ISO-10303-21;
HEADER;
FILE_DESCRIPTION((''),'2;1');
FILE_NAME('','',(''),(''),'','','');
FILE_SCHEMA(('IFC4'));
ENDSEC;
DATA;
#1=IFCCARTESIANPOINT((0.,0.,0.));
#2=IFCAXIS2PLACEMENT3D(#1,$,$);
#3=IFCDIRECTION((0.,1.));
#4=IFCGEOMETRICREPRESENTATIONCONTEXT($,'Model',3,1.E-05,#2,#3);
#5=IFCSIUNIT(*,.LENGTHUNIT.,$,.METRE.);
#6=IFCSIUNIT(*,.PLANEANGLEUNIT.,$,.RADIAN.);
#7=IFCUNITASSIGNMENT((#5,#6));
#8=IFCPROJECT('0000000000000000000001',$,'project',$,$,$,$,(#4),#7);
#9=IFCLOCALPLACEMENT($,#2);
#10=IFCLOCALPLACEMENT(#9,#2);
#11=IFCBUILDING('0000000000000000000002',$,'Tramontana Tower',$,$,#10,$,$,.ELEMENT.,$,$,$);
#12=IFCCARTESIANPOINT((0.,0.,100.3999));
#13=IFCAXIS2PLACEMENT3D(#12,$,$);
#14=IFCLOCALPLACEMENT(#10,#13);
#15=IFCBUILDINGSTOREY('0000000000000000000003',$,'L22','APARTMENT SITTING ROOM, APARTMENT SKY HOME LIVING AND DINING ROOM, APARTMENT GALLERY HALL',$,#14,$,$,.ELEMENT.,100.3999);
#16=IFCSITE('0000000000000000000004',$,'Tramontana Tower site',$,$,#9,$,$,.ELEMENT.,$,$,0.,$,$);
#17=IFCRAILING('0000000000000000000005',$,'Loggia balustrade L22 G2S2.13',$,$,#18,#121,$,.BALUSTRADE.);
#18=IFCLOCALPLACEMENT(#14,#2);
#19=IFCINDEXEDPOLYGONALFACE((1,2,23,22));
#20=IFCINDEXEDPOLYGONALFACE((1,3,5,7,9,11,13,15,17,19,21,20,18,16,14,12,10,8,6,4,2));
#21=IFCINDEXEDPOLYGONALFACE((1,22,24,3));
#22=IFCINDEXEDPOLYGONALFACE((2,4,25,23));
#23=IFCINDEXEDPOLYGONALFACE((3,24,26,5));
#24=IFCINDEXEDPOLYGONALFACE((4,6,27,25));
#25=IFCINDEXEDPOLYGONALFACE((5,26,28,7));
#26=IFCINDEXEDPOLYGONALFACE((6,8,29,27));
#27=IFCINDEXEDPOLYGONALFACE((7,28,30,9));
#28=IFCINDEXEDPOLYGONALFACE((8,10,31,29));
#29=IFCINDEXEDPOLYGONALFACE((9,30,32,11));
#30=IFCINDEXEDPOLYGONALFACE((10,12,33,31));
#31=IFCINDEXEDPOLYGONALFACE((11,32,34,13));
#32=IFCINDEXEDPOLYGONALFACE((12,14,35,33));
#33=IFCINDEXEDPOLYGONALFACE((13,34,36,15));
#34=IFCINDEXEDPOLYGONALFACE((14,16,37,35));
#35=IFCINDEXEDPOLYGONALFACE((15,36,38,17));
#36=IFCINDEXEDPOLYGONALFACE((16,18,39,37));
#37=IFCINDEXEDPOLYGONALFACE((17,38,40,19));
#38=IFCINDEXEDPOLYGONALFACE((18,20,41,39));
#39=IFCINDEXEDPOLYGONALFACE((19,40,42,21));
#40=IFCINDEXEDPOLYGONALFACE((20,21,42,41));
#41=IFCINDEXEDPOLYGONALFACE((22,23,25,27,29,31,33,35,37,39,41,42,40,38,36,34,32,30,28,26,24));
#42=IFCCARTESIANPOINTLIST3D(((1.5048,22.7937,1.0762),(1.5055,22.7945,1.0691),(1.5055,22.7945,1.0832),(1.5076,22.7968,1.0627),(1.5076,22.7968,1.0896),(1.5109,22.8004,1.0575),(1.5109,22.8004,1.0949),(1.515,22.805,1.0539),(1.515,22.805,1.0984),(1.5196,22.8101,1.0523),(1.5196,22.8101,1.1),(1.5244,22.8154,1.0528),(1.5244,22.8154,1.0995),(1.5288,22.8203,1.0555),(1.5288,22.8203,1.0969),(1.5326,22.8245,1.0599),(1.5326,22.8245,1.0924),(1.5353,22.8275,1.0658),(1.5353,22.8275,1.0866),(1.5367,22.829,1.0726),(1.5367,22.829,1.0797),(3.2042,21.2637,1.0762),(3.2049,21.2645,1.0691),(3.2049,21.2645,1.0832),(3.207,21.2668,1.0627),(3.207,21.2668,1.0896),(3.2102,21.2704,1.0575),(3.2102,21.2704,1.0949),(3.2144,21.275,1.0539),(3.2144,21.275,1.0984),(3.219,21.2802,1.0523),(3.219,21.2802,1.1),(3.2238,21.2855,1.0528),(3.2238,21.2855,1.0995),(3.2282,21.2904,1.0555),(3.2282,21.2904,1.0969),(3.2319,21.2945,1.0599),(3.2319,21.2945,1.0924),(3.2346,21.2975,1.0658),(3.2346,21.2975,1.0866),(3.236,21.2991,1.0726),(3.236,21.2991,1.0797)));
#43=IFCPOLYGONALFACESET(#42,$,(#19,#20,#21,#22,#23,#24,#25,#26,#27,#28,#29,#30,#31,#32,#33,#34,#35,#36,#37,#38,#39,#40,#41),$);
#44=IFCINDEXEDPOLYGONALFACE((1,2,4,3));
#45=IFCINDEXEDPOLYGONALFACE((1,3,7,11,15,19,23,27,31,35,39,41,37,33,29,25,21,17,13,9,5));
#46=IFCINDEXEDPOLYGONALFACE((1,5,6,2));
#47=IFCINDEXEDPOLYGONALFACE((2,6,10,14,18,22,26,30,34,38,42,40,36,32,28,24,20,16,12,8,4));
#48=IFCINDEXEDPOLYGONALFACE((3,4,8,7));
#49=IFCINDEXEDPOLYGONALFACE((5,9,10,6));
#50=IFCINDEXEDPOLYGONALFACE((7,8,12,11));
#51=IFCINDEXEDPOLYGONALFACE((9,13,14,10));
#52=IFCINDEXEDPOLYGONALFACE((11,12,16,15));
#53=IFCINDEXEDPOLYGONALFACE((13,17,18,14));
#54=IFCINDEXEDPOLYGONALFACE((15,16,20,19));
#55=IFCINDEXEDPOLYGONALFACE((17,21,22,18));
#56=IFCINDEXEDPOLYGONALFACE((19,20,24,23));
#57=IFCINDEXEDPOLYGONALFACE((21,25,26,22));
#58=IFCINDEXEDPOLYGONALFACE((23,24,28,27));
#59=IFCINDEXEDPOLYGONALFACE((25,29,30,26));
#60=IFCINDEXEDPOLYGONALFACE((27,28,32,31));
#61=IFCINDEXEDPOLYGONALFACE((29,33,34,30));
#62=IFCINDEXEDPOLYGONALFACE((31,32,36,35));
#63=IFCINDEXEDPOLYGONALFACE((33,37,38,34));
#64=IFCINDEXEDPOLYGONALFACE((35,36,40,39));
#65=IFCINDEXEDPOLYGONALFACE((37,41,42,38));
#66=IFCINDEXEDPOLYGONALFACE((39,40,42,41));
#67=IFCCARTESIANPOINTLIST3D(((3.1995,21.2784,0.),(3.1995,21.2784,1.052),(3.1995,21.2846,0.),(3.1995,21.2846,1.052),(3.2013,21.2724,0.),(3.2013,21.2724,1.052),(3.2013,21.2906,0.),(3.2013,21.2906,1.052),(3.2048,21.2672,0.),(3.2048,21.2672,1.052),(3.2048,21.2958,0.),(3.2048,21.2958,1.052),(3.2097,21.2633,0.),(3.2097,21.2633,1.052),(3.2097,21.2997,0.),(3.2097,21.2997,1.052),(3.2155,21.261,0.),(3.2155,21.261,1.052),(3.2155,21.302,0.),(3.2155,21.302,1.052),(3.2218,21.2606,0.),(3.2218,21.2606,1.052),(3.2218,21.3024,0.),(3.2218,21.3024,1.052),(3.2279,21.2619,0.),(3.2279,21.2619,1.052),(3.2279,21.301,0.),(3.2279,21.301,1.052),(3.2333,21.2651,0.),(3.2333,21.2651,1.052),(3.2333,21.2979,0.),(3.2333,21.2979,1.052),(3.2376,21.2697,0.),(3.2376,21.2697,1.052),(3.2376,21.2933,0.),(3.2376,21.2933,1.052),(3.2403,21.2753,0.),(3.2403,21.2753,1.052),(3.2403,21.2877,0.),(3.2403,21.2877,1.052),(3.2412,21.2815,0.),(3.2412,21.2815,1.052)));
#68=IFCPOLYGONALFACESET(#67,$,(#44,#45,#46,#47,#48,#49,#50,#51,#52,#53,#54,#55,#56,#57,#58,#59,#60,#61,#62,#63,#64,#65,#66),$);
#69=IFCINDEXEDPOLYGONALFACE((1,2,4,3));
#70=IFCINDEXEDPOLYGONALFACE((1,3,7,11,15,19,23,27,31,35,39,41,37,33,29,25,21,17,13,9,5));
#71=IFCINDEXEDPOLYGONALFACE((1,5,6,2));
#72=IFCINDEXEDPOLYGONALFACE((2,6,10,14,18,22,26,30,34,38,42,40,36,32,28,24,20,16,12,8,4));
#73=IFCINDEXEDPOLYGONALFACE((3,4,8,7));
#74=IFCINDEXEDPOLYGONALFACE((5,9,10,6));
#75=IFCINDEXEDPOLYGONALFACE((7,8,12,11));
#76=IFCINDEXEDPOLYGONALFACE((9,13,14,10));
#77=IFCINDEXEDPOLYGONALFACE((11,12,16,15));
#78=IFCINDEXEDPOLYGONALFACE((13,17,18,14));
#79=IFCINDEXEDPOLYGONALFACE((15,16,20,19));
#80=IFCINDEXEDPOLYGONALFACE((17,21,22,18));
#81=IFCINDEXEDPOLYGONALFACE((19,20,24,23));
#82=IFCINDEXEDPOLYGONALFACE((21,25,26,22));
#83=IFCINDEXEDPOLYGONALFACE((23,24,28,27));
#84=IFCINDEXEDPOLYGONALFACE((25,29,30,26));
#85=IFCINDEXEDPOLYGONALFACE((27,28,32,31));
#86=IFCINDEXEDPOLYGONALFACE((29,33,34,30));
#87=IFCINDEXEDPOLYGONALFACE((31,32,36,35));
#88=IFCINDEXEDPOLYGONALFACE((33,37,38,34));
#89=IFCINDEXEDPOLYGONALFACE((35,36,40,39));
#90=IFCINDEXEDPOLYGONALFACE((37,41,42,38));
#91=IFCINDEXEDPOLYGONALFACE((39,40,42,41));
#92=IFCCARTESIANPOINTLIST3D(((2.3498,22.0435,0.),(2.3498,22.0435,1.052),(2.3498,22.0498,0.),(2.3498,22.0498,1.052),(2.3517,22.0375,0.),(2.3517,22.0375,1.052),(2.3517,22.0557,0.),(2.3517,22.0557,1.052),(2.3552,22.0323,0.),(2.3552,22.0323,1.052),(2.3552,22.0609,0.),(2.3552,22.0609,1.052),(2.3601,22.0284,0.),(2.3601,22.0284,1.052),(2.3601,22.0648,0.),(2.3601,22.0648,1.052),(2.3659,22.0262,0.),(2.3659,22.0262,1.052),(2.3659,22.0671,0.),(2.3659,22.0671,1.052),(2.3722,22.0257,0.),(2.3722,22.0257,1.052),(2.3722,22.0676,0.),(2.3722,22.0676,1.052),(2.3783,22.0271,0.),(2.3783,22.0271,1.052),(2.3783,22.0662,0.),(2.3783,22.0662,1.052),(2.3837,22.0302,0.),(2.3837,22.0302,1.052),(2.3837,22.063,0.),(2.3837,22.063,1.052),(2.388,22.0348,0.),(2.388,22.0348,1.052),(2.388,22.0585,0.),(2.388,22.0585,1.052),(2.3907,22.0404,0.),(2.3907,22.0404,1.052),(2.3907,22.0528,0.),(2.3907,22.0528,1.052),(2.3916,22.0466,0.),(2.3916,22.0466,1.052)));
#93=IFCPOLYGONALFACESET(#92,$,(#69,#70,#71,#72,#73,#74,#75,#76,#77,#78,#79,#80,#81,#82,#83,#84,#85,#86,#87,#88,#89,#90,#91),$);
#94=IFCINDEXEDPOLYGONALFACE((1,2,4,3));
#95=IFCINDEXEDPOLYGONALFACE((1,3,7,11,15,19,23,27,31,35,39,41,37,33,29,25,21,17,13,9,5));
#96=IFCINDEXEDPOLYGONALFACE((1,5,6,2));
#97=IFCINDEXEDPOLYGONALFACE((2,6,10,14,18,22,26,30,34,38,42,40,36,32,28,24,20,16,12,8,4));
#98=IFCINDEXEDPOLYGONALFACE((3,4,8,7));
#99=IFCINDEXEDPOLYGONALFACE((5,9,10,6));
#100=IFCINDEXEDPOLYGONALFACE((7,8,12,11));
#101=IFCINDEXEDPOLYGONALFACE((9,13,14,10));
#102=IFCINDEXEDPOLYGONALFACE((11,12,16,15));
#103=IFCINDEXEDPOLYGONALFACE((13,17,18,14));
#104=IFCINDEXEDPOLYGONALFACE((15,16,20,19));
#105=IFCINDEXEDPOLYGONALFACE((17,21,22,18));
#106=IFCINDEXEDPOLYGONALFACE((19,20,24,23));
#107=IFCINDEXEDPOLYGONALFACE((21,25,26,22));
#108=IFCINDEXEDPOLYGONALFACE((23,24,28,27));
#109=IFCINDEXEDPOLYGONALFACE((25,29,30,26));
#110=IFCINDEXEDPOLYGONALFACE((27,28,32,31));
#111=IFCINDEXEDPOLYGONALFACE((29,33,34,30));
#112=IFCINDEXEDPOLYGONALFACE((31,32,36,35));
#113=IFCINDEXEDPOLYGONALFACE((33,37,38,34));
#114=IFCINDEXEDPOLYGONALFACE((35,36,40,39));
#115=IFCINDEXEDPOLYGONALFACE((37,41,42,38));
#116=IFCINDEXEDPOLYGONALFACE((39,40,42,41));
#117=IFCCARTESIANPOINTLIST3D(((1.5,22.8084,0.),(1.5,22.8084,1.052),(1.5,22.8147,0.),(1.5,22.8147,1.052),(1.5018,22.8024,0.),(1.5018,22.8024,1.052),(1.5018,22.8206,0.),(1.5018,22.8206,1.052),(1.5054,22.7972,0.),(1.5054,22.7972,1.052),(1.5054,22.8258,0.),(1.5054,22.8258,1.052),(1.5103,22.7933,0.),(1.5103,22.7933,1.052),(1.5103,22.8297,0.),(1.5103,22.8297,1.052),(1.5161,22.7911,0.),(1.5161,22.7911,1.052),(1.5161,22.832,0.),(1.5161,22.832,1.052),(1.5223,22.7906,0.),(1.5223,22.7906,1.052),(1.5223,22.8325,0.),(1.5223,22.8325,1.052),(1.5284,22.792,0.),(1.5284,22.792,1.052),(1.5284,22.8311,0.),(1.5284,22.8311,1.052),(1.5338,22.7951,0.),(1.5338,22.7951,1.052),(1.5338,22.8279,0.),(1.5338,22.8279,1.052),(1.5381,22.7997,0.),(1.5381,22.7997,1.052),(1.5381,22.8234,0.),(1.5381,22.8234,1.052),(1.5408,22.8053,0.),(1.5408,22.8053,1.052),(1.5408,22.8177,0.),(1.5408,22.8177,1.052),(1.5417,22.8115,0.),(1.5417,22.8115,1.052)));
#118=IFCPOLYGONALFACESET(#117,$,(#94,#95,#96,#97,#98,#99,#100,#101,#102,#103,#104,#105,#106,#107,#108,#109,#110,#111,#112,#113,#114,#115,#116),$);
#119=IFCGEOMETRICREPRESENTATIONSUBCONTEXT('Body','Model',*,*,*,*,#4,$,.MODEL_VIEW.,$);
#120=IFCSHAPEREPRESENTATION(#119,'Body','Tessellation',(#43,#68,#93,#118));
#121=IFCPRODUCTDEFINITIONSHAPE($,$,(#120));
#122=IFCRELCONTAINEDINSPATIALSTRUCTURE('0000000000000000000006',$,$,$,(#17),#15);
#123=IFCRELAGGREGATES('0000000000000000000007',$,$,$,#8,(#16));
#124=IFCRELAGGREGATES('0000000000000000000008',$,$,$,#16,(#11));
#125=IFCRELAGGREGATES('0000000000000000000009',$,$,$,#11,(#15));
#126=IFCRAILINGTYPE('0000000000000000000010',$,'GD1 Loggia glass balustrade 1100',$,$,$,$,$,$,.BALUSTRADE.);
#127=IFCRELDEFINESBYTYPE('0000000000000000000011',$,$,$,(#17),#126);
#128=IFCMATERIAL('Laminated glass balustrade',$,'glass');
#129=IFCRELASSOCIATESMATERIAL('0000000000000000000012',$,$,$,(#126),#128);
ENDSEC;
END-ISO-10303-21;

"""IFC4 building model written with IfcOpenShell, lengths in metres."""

from ifc_helpers import new_model, si_unit, direction, frame, origin, origin_2d, place, context, subcontext, project, spatial, circle, extrude, material, type_object, element, save


model = new_model("IFC4")

# Units and contexts
model_context = context("Model", 3, precision=1e-05, world=origin(), true_north=direction((0.0, 1.0)))
body_context = subcontext(model_context, "Body", "Model", "MODEL_VIEW")
ifc_project = project(units=[si_unit("LENGTHUNIT", "METRE"), si_unit("PLANEANGLEUNIT", "RADIAN")], contexts=[model_context])

# Site, building, storey
site_placement = place(None, origin())
site = spatial("IfcSite", under=ifc_project, at=site_placement, Name="Tramontana Tower site", CompositionType="ELEMENT", RefElevation=0.0)
building_placement = place(site_placement, origin())
building = spatial("IfcBuilding", under=site, at=building_placement, Name="Tramontana Tower", CompositionType="ELEMENT")
storey_placement = place(building_placement, frame((0.0, 0.0, 100.3999)))
storey = spatial("IfcBuildingStorey", under=building, at=storey_placement, Name="L22", Description="APARTMENT SITTING ROOM, APARTMENT SKY HOME LIVING AND DINING ROOM, APARTMENT GALLERY HALL", CompositionType="ELEMENT", Elevation=100.3999)

# Railing
ifc_material_1 = material(Name="Laminated glass balustrade", Category="glass")
railing_type = type_object("IfcRailingType", Name="GD1 Loggia glass balustrade 1100", PredefinedType="BALUSTRADE", material=ifc_material_1)
railing_placement = place(storey_placement, frame((3.2202, 21.2815, 0.0)))
element("IfcRailing", 1, at=railing_placement, inside=storey, type_object=railing_type, Name="Loggia balustrade L22 G2S2.13", PredefinedType="BALUSTRADE", context=body_context, shape_type="SweptSolid", body=[
    extrude(circle(Radius=0.0239, at=origin_2d()), frame((0.0, 0.0, 1.0762), z_axis=(-0.743183, 0.669089, 0.0), x_axis=(-0.669089, -0.743183, 0.0)), (0.0, 0.0, 1.0), 2.2866),
    extrude(circle(Radius=0.021, at=origin_2d()), origin(), (0.0, 0.0, 1.0), 1.052),
    extrude(circle(Radius=0.021, at=origin_2d()), frame((-0.8496, 0.7651, 0.0)), (0.0, 0.0, 1.0), 1.052),
    extrude(circle(Radius=0.021, at=origin_2d()), frame((-1.6995, 1.53, 0.0)), (0.0, 0.0, 1.0), 1.052),
])

save(model, "model.ifc")
